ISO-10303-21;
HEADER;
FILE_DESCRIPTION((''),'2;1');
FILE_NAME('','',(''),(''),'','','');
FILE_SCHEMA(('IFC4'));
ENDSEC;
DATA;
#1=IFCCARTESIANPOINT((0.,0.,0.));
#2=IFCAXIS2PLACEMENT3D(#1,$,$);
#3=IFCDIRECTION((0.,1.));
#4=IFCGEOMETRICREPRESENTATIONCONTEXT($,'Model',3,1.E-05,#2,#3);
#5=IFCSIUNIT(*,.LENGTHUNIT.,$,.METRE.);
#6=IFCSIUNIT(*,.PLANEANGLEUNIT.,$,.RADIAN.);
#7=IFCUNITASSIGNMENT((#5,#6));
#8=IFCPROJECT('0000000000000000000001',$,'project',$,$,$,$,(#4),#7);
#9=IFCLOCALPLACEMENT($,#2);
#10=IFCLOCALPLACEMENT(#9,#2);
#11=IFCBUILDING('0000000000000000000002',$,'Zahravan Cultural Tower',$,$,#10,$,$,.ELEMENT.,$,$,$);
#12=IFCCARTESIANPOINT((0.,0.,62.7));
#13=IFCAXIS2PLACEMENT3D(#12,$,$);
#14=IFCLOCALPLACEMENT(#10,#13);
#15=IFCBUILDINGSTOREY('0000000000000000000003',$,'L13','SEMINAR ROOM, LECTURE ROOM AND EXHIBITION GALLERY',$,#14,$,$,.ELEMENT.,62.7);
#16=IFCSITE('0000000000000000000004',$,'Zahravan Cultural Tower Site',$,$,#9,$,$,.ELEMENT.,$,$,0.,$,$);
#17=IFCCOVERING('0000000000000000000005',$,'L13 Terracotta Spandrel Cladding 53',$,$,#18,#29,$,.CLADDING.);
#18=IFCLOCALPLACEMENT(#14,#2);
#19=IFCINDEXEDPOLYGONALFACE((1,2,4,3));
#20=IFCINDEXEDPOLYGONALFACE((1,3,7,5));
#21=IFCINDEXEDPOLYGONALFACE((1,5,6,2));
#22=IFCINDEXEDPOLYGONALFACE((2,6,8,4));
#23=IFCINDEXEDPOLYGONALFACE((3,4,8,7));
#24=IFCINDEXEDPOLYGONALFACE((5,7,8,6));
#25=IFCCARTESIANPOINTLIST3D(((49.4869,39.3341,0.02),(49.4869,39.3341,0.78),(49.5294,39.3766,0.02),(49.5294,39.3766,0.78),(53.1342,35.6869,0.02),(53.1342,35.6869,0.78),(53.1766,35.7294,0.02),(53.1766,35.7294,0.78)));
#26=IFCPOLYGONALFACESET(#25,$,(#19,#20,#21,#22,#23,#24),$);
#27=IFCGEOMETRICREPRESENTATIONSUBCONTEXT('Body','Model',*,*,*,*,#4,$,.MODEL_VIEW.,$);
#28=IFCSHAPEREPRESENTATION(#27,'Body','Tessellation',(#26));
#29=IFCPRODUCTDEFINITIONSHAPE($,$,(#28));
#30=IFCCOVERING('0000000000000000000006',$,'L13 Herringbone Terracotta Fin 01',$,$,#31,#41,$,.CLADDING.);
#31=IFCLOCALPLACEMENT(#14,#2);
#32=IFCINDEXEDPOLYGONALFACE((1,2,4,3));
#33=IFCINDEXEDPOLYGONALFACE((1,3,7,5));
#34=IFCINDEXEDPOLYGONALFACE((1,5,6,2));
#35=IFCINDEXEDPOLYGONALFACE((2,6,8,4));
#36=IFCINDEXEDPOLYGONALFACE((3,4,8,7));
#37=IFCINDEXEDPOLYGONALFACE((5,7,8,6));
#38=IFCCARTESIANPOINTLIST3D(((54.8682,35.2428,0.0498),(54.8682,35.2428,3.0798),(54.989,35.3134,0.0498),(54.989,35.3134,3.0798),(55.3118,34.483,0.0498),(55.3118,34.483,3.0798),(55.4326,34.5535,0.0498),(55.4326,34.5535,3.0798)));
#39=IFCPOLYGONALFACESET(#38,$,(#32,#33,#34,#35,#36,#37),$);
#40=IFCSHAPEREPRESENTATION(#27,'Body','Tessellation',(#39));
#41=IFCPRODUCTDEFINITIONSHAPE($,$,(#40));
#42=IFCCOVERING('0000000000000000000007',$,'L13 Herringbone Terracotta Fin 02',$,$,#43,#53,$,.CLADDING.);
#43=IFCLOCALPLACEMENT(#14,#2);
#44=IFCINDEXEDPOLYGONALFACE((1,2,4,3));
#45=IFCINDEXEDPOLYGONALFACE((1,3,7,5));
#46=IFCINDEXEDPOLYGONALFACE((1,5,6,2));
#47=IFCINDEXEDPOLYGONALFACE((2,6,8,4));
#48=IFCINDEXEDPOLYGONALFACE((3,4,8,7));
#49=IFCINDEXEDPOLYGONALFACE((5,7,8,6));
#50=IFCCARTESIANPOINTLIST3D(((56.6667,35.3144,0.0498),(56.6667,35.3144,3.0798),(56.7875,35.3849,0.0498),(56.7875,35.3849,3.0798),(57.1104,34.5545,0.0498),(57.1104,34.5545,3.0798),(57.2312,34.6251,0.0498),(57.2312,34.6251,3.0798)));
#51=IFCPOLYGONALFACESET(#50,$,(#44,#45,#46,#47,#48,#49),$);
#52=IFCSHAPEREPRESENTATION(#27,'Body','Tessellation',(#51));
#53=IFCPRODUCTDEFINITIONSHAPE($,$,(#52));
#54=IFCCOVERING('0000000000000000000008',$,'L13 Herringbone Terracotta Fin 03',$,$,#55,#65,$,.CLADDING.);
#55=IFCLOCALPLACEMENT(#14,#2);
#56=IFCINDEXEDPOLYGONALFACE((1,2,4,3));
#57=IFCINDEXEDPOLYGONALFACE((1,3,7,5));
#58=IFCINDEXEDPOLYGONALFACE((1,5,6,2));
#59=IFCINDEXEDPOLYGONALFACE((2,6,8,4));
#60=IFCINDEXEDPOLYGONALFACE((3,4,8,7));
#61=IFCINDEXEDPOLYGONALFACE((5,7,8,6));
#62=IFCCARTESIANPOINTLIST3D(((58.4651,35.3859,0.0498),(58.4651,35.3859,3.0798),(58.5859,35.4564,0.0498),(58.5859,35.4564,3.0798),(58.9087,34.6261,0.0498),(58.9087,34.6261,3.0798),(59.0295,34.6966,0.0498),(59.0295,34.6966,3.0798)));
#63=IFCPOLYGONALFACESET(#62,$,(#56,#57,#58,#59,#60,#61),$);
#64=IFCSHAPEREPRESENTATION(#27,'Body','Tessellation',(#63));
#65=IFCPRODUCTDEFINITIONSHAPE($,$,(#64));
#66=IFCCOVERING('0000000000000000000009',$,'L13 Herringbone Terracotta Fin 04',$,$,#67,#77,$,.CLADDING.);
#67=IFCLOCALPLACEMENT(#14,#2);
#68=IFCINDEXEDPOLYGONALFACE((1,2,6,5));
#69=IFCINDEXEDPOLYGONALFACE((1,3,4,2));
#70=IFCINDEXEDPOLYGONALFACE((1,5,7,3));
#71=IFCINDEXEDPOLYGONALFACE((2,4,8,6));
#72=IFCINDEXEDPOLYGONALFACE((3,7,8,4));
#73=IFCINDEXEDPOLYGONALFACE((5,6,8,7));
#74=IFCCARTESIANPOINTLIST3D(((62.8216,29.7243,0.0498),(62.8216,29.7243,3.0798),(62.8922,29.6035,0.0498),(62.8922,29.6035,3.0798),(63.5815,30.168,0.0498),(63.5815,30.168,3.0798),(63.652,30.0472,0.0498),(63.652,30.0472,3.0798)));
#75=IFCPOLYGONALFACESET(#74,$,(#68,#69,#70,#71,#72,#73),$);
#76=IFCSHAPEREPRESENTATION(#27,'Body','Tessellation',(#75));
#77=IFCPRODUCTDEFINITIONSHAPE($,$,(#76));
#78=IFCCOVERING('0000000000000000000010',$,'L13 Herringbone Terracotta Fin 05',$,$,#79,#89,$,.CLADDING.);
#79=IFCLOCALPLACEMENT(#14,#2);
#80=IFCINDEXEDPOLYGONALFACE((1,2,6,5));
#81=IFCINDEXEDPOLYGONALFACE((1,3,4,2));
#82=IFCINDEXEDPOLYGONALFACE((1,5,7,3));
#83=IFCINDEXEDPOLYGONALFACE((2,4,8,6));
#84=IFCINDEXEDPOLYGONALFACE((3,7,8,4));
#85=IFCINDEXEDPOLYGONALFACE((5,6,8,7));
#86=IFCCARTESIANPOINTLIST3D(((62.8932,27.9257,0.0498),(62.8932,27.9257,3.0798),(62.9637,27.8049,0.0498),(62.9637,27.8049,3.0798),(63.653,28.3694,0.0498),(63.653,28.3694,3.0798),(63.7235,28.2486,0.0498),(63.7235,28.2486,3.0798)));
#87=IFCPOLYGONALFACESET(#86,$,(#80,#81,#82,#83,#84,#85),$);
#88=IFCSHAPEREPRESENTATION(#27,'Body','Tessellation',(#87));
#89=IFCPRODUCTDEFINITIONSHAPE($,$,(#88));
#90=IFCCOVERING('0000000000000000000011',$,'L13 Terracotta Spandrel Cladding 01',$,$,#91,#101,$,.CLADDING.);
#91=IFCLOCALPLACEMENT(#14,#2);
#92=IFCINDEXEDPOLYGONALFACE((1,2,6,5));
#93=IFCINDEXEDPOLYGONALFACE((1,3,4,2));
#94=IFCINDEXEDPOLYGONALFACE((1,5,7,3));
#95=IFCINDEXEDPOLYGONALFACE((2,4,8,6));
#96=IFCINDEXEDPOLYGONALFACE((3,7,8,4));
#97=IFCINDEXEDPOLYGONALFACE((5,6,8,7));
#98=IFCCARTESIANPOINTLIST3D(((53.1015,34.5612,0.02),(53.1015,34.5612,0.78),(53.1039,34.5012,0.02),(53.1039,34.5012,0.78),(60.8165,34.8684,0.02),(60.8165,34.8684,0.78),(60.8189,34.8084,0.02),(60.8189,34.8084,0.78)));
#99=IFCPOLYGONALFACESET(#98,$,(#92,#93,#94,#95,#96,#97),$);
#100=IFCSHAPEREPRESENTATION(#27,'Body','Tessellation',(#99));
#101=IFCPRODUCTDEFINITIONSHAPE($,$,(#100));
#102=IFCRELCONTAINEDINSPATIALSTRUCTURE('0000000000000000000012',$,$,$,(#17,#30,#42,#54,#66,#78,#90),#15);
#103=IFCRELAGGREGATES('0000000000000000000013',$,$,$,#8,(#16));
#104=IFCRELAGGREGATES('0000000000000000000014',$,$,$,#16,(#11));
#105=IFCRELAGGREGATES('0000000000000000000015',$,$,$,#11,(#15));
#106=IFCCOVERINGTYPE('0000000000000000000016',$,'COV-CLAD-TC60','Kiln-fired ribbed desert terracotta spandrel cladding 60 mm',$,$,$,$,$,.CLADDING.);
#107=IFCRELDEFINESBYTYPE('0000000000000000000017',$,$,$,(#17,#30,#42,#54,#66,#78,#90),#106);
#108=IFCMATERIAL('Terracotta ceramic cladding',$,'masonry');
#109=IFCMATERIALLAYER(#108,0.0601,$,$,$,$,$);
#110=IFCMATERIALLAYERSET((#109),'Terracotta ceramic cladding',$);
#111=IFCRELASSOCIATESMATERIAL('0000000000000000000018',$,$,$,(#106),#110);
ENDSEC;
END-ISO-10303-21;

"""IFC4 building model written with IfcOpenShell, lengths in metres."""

from ifc_helpers import new_model, si_unit, direction, frame, origin, origin_2d, place, context, subcontext, project, spatial, rectangle, extrude, source, transform, mapped, material, layer, layer_set, type_object, element, save


model = new_model("IFC4")

# Units and contexts
model_context = context("Model", 3, precision=1e-05, world=origin(), true_north=direction((0.0, 1.0)))
body_context = subcontext(model_context, "Body", "Model", "MODEL_VIEW")
ifc_project = project(units=[si_unit("LENGTHUNIT", "METRE"), si_unit("PLANEANGLEUNIT", "RADIAN")], contexts=[model_context])

# Site, building, storey
site_placement = place(None, origin())
site = spatial("IfcSite", under=ifc_project, at=site_placement, Name="Zahravan Cultural Tower Site", CompositionType="ELEMENT", RefElevation=0.0)
building_placement = place(site_placement, origin())
building = spatial("IfcBuilding", under=site, at=building_placement, Name="Zahravan Cultural Tower", CompositionType="ELEMENT")
storey_placement = place(building_placement, frame((0.0, 0.0, 62.7)))
storey = spatial("IfcBuildingStorey", under=building, at=storey_placement, Name="L13", Description="SEMINAR ROOM, LECTURE ROOM AND EXHIBITION GALLERY", CompositionType="ELEMENT", Elevation=62.7)

# Coverings
ifc_material_1 = material(Name="Terracotta ceramic cladding", Category="masonry")
ifc_layer_1 = layer(ifc_material_1, 0.0601)
ifc_layer_set_1 = layer_set([ifc_layer_1], Name="Terracotta ceramic cladding")
covering_type = type_object("IfcCoveringType", Name="COV-CLAD-TC60", Description="Kiln-fired ribbed desert terracotta spandrel cladding 60 mm", PredefinedType="CLADDING", material=ifc_layer_set_1)
shared_shape_1 = source(origin(), body_context, "Body", "SweptSolid", [
    extrude(rectangle(XDim=5.158, YDim=0.0601, at=origin_2d()), origin(), (0.0, 0.0, 1.0), 0.76),
])
covering_1_placement = place(storey_placement, frame((51.3318, 37.5317, 0.02), z_axis=(0.0, 0.0, 1.0), x_axis=(0.707107, -0.707107, 0.0)))
element("IfcCovering", 1, at=covering_1_placement, inside=storey, type_object=covering_type, Name="L13 Terracotta Spandrel Cladding 53", PredefinedType="CLADDING", context=body_context, shape_type="MappedRepresentation", body=[
    mapped(shared_shape_1, transform((0.0, 0.0, 0.0), x_axis=(1.0, 0.0, 0.0), y_axis=(0.0, 1.0, 0.0), z_axis=(0.0, 0.0, 1.0), scale=1.0)),
])
shared_shape_2 = source(origin(), body_context, "Body", "SweptSolid", [
    extrude(rectangle(XDim=0.8799, YDim=0.1399, at=origin_2d()), origin(), (0.0, 0.0, 1.0), 3.03),
])
for number, where, z_axis, x_axis, name in (
    (2, (55.1504, 34.8982, 0.0498), (0.0, 0.0, 1.0), (-0.504226, 0.863572, 0.0), "L13 Herringbone Terracotta Fin 01"),
    (3, (56.949, 34.9697, 0.0498), (0.0, 0.0, 1.0), (-0.504226, 0.863572, 0.0), "L13 Herringbone Terracotta Fin 02"),
    (4, (58.7473, 35.0413, 0.0498), (0.0, 0.0, 1.0), (-0.504226, 0.863572, 0.0), "L13 Herringbone Terracotta Fin 03"),
    (5, (63.2368, 29.8857, 0.0498), (0.0, 0.0, 1.0), (0.863572, 0.504226, 0.0), "L13 Herringbone Terracotta Fin 04"),
    (6, (63.3083, 28.0872, 0.0498), (0.0, 0.0, 1.0), (0.863572, 0.504226, 0.0), "L13 Herringbone Terracotta Fin 05"),
):
    element("IfcCovering", number, at=place(storey_placement, frame(where, z_axis=z_axis, x_axis=x_axis)), inside=storey, type_object=covering_type, Name=name, PredefinedType="CLADDING", context=body_context, shape_type="MappedRepresentation", body=[
        mapped(shared_shape_2, transform((0.0, 0.0, 0.0), x_axis=(1.0, 0.0, 0.0), y_axis=(0.0, 1.0, 0.0), z_axis=(0.0, 0.0, 1.0), scale=1.0)),
    ])
shared_shape_3 = source(origin(), body_context, "Body", "SweptSolid", [
    extrude(rectangle(XDim=7.7212, YDim=0.0601, at=origin_2d()), origin(), (0.0, 0.0, 1.0), 0.76),
])
covering_2_placement = place(storey_placement, frame((56.9602, 34.6848, 0.02), z_axis=(0.0, 0.0, 1.0), x_axis=(0.999208, 0.039783, 0.0)))
element("IfcCovering", 7, at=covering_2_placement, inside=storey, type_object=covering_type, Name="L13 Terracotta Spandrel Cladding 01", PredefinedType="CLADDING", context=body_context, shape_type="MappedRepresentation", body=[
    mapped(shared_shape_3, transform((0.0, 0.0, 0.0), x_axis=(1.0, 0.0, 0.0), y_axis=(0.0, 1.0, 0.0), z_axis=(0.0, 0.0, 1.0), scale=1.0)),
])

save(model, "model.ifc")
